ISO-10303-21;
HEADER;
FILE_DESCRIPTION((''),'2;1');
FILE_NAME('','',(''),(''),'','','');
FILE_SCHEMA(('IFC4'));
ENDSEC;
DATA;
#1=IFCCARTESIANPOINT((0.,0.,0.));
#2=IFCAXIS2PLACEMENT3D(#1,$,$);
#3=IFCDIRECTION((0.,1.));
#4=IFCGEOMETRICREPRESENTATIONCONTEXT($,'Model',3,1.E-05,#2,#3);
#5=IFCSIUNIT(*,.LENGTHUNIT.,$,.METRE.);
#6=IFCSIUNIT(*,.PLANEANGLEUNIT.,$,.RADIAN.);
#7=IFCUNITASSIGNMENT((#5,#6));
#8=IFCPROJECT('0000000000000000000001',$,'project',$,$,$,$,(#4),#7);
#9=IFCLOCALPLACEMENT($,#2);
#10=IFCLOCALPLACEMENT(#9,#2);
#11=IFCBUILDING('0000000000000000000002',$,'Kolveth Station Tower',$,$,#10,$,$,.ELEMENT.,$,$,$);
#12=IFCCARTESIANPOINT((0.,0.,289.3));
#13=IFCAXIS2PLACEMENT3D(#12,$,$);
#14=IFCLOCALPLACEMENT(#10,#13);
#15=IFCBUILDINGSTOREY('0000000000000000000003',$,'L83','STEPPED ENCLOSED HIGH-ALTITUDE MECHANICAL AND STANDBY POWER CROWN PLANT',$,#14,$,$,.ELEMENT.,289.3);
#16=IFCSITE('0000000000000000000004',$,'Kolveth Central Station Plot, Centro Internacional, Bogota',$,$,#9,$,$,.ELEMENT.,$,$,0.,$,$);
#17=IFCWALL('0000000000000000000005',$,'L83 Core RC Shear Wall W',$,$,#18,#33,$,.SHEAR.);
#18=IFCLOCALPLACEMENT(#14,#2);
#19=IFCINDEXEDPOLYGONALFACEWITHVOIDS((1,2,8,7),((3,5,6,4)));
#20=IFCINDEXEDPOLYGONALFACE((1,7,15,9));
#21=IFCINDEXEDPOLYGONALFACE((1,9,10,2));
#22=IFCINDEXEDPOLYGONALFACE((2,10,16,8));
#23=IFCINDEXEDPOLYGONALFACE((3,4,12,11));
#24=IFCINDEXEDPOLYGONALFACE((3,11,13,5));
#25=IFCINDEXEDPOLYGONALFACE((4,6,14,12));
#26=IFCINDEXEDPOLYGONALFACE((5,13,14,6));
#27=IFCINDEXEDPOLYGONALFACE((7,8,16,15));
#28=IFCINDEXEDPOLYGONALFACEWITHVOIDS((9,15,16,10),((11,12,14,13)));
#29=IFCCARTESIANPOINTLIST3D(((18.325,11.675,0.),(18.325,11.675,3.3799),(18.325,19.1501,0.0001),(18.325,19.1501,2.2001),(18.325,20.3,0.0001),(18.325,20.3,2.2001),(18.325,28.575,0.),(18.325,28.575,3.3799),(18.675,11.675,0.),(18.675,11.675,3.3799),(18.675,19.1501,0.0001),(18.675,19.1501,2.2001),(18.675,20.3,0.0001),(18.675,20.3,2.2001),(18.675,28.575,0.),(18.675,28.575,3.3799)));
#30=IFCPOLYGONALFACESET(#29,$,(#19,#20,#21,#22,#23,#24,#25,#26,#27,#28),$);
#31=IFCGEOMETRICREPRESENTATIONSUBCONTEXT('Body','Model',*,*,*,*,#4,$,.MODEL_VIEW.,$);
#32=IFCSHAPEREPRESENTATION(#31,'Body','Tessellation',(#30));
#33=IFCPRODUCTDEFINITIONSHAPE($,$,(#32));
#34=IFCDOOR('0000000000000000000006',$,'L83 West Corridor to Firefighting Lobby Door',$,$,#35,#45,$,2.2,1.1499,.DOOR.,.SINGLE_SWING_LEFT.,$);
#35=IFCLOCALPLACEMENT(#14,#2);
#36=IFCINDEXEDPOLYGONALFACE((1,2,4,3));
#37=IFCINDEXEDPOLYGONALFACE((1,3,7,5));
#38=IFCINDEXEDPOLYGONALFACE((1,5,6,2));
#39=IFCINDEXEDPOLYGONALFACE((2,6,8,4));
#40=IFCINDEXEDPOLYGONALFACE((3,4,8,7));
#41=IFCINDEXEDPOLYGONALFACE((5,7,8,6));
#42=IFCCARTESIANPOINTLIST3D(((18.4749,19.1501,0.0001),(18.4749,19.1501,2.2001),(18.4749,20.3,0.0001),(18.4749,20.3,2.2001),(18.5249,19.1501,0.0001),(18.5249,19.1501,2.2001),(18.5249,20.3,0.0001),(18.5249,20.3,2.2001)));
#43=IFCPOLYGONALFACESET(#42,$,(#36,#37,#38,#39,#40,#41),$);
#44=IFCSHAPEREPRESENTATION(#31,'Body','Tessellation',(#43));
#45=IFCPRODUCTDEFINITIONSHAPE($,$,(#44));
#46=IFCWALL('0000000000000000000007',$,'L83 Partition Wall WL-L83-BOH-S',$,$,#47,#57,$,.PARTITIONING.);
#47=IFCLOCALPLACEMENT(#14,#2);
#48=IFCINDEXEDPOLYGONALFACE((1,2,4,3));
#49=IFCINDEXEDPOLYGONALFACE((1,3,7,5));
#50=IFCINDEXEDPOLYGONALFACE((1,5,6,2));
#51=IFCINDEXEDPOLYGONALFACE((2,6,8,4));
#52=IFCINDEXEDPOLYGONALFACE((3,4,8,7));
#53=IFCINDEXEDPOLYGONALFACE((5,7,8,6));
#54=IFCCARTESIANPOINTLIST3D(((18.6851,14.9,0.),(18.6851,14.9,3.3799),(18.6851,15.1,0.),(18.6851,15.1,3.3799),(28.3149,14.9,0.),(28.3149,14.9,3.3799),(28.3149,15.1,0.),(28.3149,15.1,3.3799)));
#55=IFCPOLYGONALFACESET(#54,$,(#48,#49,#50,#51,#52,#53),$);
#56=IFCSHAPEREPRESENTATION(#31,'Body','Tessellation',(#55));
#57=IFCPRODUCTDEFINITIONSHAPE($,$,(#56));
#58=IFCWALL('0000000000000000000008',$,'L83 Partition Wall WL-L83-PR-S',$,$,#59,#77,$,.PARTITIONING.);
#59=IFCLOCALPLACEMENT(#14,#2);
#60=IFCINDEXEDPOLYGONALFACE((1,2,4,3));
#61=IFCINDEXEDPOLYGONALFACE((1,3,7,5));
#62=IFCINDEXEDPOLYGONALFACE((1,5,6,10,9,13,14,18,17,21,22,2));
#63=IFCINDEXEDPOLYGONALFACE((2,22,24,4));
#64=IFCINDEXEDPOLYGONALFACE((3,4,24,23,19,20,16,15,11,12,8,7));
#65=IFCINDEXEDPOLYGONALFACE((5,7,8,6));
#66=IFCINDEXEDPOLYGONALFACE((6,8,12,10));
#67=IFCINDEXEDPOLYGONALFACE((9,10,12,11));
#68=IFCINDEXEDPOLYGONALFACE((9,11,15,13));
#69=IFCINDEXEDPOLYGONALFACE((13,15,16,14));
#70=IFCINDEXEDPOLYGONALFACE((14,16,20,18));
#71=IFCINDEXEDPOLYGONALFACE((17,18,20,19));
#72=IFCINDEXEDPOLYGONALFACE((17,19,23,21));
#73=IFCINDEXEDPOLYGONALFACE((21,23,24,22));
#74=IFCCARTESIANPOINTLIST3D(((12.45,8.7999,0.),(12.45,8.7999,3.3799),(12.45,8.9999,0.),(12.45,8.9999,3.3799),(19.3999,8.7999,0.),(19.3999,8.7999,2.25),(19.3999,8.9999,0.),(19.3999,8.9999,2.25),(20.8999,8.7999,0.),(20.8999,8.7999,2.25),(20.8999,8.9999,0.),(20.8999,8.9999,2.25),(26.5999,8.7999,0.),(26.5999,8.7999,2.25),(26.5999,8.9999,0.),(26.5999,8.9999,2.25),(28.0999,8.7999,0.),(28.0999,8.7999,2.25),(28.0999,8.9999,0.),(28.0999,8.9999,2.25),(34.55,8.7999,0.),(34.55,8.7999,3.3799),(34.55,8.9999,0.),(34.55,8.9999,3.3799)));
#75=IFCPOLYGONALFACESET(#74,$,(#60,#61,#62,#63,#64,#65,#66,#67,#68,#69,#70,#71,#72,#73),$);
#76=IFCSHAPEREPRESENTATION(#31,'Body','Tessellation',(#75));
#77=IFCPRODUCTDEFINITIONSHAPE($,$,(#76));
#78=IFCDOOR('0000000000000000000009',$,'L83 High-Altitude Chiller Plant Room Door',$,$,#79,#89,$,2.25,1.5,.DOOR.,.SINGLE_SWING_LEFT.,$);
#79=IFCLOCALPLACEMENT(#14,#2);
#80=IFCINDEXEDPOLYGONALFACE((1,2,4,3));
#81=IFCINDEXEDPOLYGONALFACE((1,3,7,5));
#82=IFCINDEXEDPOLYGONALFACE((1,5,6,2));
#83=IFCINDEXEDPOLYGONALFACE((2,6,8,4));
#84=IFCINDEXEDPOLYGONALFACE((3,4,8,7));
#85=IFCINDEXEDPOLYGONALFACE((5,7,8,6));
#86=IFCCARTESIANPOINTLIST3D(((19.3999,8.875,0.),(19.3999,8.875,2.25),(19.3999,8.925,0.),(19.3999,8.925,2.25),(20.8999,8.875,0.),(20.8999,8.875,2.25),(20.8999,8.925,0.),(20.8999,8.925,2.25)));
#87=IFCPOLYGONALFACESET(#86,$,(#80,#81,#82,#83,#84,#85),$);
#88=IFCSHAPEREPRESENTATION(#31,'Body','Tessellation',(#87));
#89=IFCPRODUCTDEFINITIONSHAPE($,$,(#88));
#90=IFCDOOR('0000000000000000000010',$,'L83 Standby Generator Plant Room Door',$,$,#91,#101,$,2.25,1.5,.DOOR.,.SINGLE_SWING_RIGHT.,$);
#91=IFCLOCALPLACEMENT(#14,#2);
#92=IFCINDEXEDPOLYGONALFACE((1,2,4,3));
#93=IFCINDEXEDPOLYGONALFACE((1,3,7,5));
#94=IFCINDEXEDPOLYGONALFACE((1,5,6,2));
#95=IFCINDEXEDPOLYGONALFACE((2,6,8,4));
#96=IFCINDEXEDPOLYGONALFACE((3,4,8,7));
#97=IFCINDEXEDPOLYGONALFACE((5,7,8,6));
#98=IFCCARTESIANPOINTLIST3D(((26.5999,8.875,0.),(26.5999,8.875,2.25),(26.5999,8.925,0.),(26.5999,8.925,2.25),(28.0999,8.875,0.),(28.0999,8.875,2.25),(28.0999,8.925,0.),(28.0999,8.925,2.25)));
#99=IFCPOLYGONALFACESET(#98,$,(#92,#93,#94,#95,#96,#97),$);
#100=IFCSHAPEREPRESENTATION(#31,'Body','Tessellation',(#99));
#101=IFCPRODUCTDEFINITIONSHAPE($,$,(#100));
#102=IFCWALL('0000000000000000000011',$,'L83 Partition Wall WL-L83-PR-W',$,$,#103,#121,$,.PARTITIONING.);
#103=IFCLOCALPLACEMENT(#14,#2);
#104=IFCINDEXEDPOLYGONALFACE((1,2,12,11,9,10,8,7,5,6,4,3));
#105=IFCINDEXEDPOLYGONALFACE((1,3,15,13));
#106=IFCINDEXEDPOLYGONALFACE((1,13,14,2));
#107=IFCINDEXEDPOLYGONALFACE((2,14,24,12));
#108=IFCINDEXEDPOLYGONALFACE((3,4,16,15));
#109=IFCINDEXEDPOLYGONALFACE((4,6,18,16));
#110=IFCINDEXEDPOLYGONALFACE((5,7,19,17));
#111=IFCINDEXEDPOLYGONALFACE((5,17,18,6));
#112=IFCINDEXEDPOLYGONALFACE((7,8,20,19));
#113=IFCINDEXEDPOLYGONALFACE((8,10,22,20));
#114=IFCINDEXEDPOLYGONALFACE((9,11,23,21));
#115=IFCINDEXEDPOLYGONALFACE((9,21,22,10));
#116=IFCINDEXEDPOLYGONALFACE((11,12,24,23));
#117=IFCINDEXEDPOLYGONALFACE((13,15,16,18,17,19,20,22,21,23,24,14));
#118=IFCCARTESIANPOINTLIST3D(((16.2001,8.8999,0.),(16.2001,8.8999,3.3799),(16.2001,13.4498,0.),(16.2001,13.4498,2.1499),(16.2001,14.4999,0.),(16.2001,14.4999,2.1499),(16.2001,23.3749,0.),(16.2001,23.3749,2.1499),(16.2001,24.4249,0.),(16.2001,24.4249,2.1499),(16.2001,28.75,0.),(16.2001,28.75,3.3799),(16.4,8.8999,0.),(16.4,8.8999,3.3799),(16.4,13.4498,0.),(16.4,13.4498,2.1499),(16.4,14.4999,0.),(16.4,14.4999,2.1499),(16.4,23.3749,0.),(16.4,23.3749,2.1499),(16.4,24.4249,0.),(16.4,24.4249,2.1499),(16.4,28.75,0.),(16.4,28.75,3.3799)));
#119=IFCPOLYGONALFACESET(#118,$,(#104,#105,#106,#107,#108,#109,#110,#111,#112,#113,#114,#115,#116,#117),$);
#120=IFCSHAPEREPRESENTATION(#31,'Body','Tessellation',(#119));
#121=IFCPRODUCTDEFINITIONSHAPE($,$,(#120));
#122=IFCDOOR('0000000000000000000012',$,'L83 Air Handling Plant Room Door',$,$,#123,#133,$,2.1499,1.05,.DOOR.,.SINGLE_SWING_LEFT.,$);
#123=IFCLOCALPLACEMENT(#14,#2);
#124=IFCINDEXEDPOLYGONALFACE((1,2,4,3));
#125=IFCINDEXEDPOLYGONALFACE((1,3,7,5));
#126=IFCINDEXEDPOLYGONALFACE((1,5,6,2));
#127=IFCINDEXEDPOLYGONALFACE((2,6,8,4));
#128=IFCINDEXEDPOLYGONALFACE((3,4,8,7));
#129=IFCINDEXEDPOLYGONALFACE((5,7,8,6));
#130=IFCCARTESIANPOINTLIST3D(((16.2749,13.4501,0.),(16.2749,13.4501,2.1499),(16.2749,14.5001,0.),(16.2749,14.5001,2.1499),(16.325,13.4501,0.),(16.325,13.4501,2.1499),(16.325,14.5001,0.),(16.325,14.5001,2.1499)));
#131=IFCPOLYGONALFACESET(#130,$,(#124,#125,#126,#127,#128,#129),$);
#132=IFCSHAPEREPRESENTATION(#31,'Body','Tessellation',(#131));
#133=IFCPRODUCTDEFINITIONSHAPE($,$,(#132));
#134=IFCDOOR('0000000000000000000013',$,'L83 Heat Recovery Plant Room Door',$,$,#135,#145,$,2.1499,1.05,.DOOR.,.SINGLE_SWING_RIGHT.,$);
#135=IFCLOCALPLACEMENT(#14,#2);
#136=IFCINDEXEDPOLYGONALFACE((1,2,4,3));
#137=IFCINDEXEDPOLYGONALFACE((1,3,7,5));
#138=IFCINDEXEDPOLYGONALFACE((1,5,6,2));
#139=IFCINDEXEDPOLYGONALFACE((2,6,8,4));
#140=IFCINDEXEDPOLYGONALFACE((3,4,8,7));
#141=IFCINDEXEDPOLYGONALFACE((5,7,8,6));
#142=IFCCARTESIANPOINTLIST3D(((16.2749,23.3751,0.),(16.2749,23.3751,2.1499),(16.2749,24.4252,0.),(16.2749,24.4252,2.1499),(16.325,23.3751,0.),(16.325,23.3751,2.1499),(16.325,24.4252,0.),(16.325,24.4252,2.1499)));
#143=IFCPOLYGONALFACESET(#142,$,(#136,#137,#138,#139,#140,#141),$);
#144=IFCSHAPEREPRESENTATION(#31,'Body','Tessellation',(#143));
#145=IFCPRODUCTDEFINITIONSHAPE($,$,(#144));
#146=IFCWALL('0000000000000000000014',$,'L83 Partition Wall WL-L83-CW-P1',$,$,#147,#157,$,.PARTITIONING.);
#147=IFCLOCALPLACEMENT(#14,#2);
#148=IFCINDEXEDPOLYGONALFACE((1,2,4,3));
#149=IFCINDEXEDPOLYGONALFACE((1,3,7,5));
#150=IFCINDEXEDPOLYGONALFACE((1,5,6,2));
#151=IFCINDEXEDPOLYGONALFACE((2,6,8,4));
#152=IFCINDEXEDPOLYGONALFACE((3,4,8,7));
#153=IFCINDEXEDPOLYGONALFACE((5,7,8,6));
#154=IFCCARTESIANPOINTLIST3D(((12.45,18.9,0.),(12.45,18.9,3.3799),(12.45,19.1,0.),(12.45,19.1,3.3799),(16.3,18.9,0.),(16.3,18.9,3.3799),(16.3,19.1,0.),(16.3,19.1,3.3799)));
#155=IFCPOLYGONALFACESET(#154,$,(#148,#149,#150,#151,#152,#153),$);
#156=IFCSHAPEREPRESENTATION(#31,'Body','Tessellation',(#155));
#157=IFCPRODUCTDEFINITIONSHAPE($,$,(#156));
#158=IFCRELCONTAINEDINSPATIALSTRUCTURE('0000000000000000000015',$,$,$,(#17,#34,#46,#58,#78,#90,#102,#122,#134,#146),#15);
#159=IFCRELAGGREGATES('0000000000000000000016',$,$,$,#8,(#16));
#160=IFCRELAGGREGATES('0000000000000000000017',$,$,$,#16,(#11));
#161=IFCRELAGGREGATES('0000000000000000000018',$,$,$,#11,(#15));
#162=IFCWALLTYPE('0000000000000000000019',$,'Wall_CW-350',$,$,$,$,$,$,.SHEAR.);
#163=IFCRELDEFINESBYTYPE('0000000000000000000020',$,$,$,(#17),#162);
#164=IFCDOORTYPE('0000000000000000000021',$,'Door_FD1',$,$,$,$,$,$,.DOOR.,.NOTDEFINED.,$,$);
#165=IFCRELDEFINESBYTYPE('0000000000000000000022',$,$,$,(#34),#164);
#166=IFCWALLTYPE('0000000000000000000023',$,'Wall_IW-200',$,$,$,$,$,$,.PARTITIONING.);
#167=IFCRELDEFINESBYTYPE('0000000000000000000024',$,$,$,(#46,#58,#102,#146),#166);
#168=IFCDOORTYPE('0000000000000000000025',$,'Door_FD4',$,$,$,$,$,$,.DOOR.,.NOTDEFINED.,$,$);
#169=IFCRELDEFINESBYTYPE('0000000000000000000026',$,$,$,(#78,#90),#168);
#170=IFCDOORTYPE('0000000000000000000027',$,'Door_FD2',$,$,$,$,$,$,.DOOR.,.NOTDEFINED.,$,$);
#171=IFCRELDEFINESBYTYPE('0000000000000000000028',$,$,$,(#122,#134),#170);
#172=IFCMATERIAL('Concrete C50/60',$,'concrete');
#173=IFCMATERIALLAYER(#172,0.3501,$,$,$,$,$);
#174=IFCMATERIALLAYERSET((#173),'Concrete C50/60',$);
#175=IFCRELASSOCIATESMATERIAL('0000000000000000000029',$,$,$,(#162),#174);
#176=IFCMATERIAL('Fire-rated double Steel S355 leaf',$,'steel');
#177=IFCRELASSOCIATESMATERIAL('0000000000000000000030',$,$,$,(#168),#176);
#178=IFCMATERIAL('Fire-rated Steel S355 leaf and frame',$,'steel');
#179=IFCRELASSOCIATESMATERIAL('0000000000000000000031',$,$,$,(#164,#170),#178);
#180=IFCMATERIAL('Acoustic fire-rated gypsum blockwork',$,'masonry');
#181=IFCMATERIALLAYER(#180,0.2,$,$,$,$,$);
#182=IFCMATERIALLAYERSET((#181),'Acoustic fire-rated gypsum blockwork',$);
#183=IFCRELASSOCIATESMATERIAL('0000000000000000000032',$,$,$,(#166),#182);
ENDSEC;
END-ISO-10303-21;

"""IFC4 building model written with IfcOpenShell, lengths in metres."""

from ifc_helpers import new_model, si_unit, direction, frame, frame_2d, origin, place, context, subcontext, project, spatial, rectangle, extrude, material, layer, layer_set, type_object, element, fill, save


model = new_model("IFC4")

# Units and contexts
model_context = context("Model", 3, precision=1e-05, world=origin(), true_north=direction((0.0, 1.0)))
body_context = subcontext(model_context, "Body", "Model", "MODEL_VIEW")
ifc_project = project(units=[si_unit("LENGTHUNIT", "METRE"), si_unit("PLANEANGLEUNIT", "RADIAN")], contexts=[model_context])

# Site, building, storey
site_placement = place(None, origin())
site = spatial("IfcSite", under=ifc_project, at=site_placement, Name="Kolveth Central Station Plot, Centro Internacional, Bogota", CompositionType="ELEMENT", RefElevation=0.0)
building_placement = place(site_placement, origin())
building = spatial("IfcBuilding", under=site, at=building_placement, Name="Kolveth Station Tower", CompositionType="ELEMENT")
storey_placement = place(building_placement, frame((0.0, 0.0, 289.3)))
storey = spatial("IfcBuildingStorey", under=building, at=storey_placement, Name="L83", Description="STEPPED ENCLOSED HIGH-ALTITUDE MECHANICAL AND STANDBY POWER CROWN PLANT", CompositionType="ELEMENT", Elevation=289.3)

# Wall, opening, door
ifc_material_1 = material(Name="Concrete C50/60", Category="concrete")
ifc_layer_1 = layer(ifc_material_1, 0.3501)
ifc_layer_set_1 = layer_set([ifc_layer_1], Name="Concrete C50/60")
wall_type_1 = type_object("IfcWallType", Name="Wall_CW-350", PredefinedType="SHEAR", material=ifc_layer_set_1)
ifc_material_2 = material(Name="Fire-rated double Steel S355 leaf", Category="steel")
door_type_1 = type_object("IfcDoorType", Name="Door_FD4", OperationType="NOTDEFINED", PredefinedType="DOOR", material=ifc_material_2)
wall_1_placement = place(storey_placement, frame((18.5, 11.675, 0.0), z_axis=(0.0, 0.0, 1.0), x_axis=(0.0, 1.0, 0.0)))
wall_1 = element("IfcWall", 1, at=wall_1_placement, inside=storey, type_object=wall_type_1, Name="L83 Core RC Shear Wall W", PredefinedType="SHEAR", context=body_context, shape_type="SweptSolid", body=[
    extrude(rectangle(XDim=16.8999, YDim=0.3501, at=frame_2d((8.45, 0.0))), origin(), (0.0, 0.0, 1.0), 3.3799),
])
opening_1_placement = place(wall_1_placement, frame((7.4751, 0.0, 0.0)))
opening_1 = element("IfcOpeningElement", 2, at=opening_1_placement, cuts=wall_1, PredefinedType="OPENING", context=body_context, shape_type="SweptSolid", body=[
    extrude(rectangle(XDim=1.1499, YDim=2.2, at=frame_2d((0.575, 1.1001))), frame((0.0, 0.1851, 0.0), z_axis=(0.0, -1.0, 0.0), x_axis=(1.0, 0.0, 0.0)), (0.0, 0.0, 1.0), 0.3701),
])
ifc_material_3 = material(Name="Fire-rated Steel S355 leaf and frame", Category="steel")
door_type_2 = type_object("IfcDoorType", Name="Door_FD1", OperationType="NOTDEFINED", PredefinedType="DOOR", material=ifc_material_3)
door_1_placement = place(opening_1_placement, frame((1.1499, 0.0, 0.0), z_axis=(0.0, 0.0, 1.0), x_axis=(-1.0, 0.0, 0.0)))
door_1 = element("IfcDoor", 3, at=door_1_placement, inside=storey, type_object=door_type_2, Name="L83 West Corridor to Firefighting Lobby Door", OperationType="SINGLE_SWING_LEFT", OverallHeight=2.2, OverallWidth=1.1499, PredefinedType="DOOR", context=body_context, shape_type="SweptSolid", body=[
    extrude(rectangle(XDim=1.1499, YDim=2.2, at=frame_2d((0.575, 1.1001))), frame((0.0, 0.0249, 0.0), z_axis=(0.0, -1.0, 0.0), x_axis=(1.0, 0.0, 0.0)), (0.0, 0.0, 1.0), 0.05),
])
fill(opening_1, door_1)

# Wall
ifc_material_4 = material(Name="Acoustic fire-rated gypsum blockwork", Category="masonry")
ifc_layer_2 = layer(ifc_material_4, 0.2)
ifc_layer_set_2 = layer_set([ifc_layer_2], Name="Acoustic fire-rated gypsum blockwork")
wall_type_2 = type_object("IfcWallType", Name="Wall_IW-200", PredefinedType="PARTITIONING", material=ifc_layer_set_2)
wall_2_placement = place(storey_placement, frame((18.6851, 15.0, 0.0), z_axis=(0.0, 0.0, 1.0), x_axis=(1.0, 0.0, 0.0)))
element("IfcWall", 4, at=wall_2_placement, inside=storey, type_object=wall_type_2, Name="L83 Partition Wall WL-L83-BOH-S", PredefinedType="PARTITIONING", context=body_context, shape_type="SweptSolid", body=[
    extrude(rectangle(XDim=9.6299, YDim=0.2, at=frame_2d((4.8149, 0.0))), origin(), (0.0, 0.0, 1.0), 3.3799),
])

# Walls, openings, doors
wall_3_placement = place(storey_placement, frame((12.45, 8.8999, 0.0), z_axis=(0.0, 0.0, 1.0), x_axis=(1.0, 0.0, 0.0)))
wall_3 = element("IfcWall", 5, at=wall_3_placement, inside=storey, type_object=wall_type_2, Name="L83 Partition Wall WL-L83-PR-S", PredefinedType="PARTITIONING", context=body_context, shape_type="SweptSolid", body=[
    extrude(rectangle(XDim=22.1001, YDim=0.2, at=frame_2d((11.05, 0.0))), origin(), (0.0, 0.0, 1.0), 3.3799),
])
opening_2_placement = place(wall_3_placement, frame((6.95, 0.0, 0.0)))
opening_2 = element("IfcOpeningElement", 6, at=opening_2_placement, cuts=wall_3, PredefinedType="OPENING", context=body_context, shape_type="SweptSolid", body=[
    extrude(rectangle(XDim=1.5, YDim=2.25, at=frame_2d((0.75, 1.125))), frame((0.0, 0.1099, 0.0), z_axis=(0.0, -1.0, 0.0), x_axis=(1.0, 0.0, 0.0)), (0.0, 0.0, 1.0), 0.22),
])
opening_3_placement = place(wall_3_placement, frame((14.1499, 0.0, 0.0)))
opening_3 = element("IfcOpeningElement", 7, at=opening_3_placement, cuts=wall_3, PredefinedType="OPENING", context=body_context, shape_type="SweptSolid", body=[
    extrude(rectangle(XDim=1.5, YDim=2.25, at=frame_2d((0.75, 1.125))), frame((0.0, 0.1099, 0.0), z_axis=(0.0, -1.0, 0.0), x_axis=(1.0, 0.0, 0.0)), (0.0, 0.0, 1.0), 0.22),
])
door_2_placement = place(opening_2_placement, frame((1.5, 0.0, 0.0), z_axis=(0.0, 0.0, 1.0), x_axis=(-1.0, 0.0, 0.0)))
door_2 = element("IfcDoor", 8, at=door_2_placement, inside=storey, type_object=door_type_1, Name="L83 High-Altitude Chiller Plant Room Door", OperationType="SINGLE_SWING_LEFT", OverallHeight=2.25, OverallWidth=1.5, PredefinedType="DOOR", context=body_context, shape_type="SweptSolid", body=[
    extrude(rectangle(XDim=1.5, YDim=2.25, at=frame_2d((0.75, 1.125))), frame((0.0, 0.0249, 0.0), z_axis=(0.0, -1.0, 0.0), x_axis=(1.0, 0.0, 0.0)), (0.0, 0.0, 1.0), 0.05),
])
fill(opening_2, door_2)
door_3_placement = place(opening_3_placement, frame((1.5, 0.0, 0.0), z_axis=(0.0, 0.0, 1.0), x_axis=(-1.0, 0.0, 0.0)))
door_3 = element("IfcDoor", 9, at=door_3_placement, inside=storey, type_object=door_type_1, Name="L83 Standby Generator Plant Room Door", OperationType="SINGLE_SWING_RIGHT", OverallHeight=2.25, OverallWidth=1.5, PredefinedType="DOOR", context=body_context, shape_type="SweptSolid", body=[
    extrude(rectangle(XDim=1.5, YDim=2.25, at=frame_2d((0.75, 1.125))), frame((0.0, 0.0249, 0.0), z_axis=(0.0, -1.0, 0.0), x_axis=(1.0, 0.0, 0.0)), (0.0, 0.0, 1.0), 0.05),
])
fill(opening_3, door_3)
wall_4_placement = place(storey_placement, frame((16.3, 8.8999, 0.0), z_axis=(0.0, 0.0, 1.0), x_axis=(0.0, 1.0, 0.0)))
wall_4 = element("IfcWall", 10, at=wall_4_placement, inside=storey, type_object=wall_type_2, Name="L83 Partition Wall WL-L83-PR-W", PredefinedType="PARTITIONING", context=body_context, shape_type="SweptSolid", body=[
    extrude(rectangle(XDim=19.8501, YDim=0.2, at=frame_2d((9.925, 0.0))), origin(), (0.0, 0.0, 1.0), 3.3799),
])
opening_4_placement = place(wall_4_placement, frame((4.55, 0.0, 0.0)))
opening_4 = element("IfcOpeningElement", 11, at=opening_4_placement, cuts=wall_4, PredefinedType="OPENING", context=body_context, shape_type="SweptSolid", body=[
    extrude(rectangle(XDim=1.05, YDim=2.1499, at=frame_2d((0.5249, 1.075))), frame((0.0, 0.1099, 0.0), z_axis=(0.0, -1.0, 0.0), x_axis=(1.0, 0.0, 0.0)), (0.0, 0.0, 1.0), 0.22),
])
opening_5_placement = place(wall_4_placement, frame((14.4751, 0.0, 0.0)))
opening_5 = element("IfcOpeningElement", 12, at=opening_5_placement, cuts=wall_4, PredefinedType="OPENING", context=body_context, shape_type="SweptSolid", body=[
    extrude(rectangle(XDim=1.05, YDim=2.1499, at=frame_2d((0.5249, 1.075))), frame((0.0, 0.1099, 0.0), z_axis=(0.0, -1.0, 0.0), x_axis=(1.0, 0.0, 0.0)), (0.0, 0.0, 1.0), 0.22),
])
door_type_3 = type_object("IfcDoorType", Name="Door_FD2", OperationType="NOTDEFINED", PredefinedType="DOOR", material=ifc_material_3)
door_4_placement = place(opening_4_placement, frame((1.05, 0.0, 0.0), z_axis=(0.0, 0.0, 1.0), x_axis=(-1.0, 0.0, 0.0)))
door_4 = element("IfcDoor", 13, at=door_4_placement, inside=storey, type_object=door_type_3, Name="L83 Air Handling Plant Room Door", OperationType="SINGLE_SWING_LEFT", OverallHeight=2.1499, OverallWidth=1.05, PredefinedType="DOOR", context=body_context, shape_type="SweptSolid", body=[
    extrude(rectangle(XDim=1.05, YDim=2.1499, at=frame_2d((0.5249, 1.075))), frame((0.0, 0.0249, 0.0), z_axis=(0.0, -1.0, 0.0), x_axis=(1.0, 0.0, 0.0)), (0.0, 0.0, 1.0), 0.05),
])
fill(opening_4, door_4)
door_5_placement = place(opening_5_placement, frame((1.05, 0.0, 0.0), z_axis=(0.0, 0.0, 1.0), x_axis=(-1.0, 0.0, 0.0)))
door_5 = element("IfcDoor", 14, at=door_5_placement, inside=storey, type_object=door_type_3, Name="L83 Heat Recovery Plant Room Door", OperationType="SINGLE_SWING_RIGHT", OverallHeight=2.1499, OverallWidth=1.05, PredefinedType="DOOR", context=body_context, shape_type="SweptSolid", body=[
    extrude(rectangle(XDim=1.05, YDim=2.1499, at=frame_2d((0.5249, 1.075))), frame((0.0, 0.0249, 0.0), z_axis=(0.0, -1.0, 0.0), x_axis=(1.0, 0.0, 0.0)), (0.0, 0.0, 1.0), 0.05),
])
fill(opening_5, door_5)

# Wall
wall_5_placement = place(storey_placement, frame((12.45, 19.0, 0.0), z_axis=(0.0, 0.0, 1.0), x_axis=(1.0, 0.0, 0.0)))
element("IfcWall", 15, at=wall_5_placement, inside=storey, type_object=wall_type_2, Name="L83 Partition Wall WL-L83-CW-P1", PredefinedType="PARTITIONING", context=body_context, shape_type="SweptSolid", body=[
    extrude(rectangle(XDim=3.8501, YDim=0.2, at=frame_2d((1.925, 0.0))), origin(), (0.0, 0.0, 1.0), 3.3799),
])

save(model, "model.ifc")
